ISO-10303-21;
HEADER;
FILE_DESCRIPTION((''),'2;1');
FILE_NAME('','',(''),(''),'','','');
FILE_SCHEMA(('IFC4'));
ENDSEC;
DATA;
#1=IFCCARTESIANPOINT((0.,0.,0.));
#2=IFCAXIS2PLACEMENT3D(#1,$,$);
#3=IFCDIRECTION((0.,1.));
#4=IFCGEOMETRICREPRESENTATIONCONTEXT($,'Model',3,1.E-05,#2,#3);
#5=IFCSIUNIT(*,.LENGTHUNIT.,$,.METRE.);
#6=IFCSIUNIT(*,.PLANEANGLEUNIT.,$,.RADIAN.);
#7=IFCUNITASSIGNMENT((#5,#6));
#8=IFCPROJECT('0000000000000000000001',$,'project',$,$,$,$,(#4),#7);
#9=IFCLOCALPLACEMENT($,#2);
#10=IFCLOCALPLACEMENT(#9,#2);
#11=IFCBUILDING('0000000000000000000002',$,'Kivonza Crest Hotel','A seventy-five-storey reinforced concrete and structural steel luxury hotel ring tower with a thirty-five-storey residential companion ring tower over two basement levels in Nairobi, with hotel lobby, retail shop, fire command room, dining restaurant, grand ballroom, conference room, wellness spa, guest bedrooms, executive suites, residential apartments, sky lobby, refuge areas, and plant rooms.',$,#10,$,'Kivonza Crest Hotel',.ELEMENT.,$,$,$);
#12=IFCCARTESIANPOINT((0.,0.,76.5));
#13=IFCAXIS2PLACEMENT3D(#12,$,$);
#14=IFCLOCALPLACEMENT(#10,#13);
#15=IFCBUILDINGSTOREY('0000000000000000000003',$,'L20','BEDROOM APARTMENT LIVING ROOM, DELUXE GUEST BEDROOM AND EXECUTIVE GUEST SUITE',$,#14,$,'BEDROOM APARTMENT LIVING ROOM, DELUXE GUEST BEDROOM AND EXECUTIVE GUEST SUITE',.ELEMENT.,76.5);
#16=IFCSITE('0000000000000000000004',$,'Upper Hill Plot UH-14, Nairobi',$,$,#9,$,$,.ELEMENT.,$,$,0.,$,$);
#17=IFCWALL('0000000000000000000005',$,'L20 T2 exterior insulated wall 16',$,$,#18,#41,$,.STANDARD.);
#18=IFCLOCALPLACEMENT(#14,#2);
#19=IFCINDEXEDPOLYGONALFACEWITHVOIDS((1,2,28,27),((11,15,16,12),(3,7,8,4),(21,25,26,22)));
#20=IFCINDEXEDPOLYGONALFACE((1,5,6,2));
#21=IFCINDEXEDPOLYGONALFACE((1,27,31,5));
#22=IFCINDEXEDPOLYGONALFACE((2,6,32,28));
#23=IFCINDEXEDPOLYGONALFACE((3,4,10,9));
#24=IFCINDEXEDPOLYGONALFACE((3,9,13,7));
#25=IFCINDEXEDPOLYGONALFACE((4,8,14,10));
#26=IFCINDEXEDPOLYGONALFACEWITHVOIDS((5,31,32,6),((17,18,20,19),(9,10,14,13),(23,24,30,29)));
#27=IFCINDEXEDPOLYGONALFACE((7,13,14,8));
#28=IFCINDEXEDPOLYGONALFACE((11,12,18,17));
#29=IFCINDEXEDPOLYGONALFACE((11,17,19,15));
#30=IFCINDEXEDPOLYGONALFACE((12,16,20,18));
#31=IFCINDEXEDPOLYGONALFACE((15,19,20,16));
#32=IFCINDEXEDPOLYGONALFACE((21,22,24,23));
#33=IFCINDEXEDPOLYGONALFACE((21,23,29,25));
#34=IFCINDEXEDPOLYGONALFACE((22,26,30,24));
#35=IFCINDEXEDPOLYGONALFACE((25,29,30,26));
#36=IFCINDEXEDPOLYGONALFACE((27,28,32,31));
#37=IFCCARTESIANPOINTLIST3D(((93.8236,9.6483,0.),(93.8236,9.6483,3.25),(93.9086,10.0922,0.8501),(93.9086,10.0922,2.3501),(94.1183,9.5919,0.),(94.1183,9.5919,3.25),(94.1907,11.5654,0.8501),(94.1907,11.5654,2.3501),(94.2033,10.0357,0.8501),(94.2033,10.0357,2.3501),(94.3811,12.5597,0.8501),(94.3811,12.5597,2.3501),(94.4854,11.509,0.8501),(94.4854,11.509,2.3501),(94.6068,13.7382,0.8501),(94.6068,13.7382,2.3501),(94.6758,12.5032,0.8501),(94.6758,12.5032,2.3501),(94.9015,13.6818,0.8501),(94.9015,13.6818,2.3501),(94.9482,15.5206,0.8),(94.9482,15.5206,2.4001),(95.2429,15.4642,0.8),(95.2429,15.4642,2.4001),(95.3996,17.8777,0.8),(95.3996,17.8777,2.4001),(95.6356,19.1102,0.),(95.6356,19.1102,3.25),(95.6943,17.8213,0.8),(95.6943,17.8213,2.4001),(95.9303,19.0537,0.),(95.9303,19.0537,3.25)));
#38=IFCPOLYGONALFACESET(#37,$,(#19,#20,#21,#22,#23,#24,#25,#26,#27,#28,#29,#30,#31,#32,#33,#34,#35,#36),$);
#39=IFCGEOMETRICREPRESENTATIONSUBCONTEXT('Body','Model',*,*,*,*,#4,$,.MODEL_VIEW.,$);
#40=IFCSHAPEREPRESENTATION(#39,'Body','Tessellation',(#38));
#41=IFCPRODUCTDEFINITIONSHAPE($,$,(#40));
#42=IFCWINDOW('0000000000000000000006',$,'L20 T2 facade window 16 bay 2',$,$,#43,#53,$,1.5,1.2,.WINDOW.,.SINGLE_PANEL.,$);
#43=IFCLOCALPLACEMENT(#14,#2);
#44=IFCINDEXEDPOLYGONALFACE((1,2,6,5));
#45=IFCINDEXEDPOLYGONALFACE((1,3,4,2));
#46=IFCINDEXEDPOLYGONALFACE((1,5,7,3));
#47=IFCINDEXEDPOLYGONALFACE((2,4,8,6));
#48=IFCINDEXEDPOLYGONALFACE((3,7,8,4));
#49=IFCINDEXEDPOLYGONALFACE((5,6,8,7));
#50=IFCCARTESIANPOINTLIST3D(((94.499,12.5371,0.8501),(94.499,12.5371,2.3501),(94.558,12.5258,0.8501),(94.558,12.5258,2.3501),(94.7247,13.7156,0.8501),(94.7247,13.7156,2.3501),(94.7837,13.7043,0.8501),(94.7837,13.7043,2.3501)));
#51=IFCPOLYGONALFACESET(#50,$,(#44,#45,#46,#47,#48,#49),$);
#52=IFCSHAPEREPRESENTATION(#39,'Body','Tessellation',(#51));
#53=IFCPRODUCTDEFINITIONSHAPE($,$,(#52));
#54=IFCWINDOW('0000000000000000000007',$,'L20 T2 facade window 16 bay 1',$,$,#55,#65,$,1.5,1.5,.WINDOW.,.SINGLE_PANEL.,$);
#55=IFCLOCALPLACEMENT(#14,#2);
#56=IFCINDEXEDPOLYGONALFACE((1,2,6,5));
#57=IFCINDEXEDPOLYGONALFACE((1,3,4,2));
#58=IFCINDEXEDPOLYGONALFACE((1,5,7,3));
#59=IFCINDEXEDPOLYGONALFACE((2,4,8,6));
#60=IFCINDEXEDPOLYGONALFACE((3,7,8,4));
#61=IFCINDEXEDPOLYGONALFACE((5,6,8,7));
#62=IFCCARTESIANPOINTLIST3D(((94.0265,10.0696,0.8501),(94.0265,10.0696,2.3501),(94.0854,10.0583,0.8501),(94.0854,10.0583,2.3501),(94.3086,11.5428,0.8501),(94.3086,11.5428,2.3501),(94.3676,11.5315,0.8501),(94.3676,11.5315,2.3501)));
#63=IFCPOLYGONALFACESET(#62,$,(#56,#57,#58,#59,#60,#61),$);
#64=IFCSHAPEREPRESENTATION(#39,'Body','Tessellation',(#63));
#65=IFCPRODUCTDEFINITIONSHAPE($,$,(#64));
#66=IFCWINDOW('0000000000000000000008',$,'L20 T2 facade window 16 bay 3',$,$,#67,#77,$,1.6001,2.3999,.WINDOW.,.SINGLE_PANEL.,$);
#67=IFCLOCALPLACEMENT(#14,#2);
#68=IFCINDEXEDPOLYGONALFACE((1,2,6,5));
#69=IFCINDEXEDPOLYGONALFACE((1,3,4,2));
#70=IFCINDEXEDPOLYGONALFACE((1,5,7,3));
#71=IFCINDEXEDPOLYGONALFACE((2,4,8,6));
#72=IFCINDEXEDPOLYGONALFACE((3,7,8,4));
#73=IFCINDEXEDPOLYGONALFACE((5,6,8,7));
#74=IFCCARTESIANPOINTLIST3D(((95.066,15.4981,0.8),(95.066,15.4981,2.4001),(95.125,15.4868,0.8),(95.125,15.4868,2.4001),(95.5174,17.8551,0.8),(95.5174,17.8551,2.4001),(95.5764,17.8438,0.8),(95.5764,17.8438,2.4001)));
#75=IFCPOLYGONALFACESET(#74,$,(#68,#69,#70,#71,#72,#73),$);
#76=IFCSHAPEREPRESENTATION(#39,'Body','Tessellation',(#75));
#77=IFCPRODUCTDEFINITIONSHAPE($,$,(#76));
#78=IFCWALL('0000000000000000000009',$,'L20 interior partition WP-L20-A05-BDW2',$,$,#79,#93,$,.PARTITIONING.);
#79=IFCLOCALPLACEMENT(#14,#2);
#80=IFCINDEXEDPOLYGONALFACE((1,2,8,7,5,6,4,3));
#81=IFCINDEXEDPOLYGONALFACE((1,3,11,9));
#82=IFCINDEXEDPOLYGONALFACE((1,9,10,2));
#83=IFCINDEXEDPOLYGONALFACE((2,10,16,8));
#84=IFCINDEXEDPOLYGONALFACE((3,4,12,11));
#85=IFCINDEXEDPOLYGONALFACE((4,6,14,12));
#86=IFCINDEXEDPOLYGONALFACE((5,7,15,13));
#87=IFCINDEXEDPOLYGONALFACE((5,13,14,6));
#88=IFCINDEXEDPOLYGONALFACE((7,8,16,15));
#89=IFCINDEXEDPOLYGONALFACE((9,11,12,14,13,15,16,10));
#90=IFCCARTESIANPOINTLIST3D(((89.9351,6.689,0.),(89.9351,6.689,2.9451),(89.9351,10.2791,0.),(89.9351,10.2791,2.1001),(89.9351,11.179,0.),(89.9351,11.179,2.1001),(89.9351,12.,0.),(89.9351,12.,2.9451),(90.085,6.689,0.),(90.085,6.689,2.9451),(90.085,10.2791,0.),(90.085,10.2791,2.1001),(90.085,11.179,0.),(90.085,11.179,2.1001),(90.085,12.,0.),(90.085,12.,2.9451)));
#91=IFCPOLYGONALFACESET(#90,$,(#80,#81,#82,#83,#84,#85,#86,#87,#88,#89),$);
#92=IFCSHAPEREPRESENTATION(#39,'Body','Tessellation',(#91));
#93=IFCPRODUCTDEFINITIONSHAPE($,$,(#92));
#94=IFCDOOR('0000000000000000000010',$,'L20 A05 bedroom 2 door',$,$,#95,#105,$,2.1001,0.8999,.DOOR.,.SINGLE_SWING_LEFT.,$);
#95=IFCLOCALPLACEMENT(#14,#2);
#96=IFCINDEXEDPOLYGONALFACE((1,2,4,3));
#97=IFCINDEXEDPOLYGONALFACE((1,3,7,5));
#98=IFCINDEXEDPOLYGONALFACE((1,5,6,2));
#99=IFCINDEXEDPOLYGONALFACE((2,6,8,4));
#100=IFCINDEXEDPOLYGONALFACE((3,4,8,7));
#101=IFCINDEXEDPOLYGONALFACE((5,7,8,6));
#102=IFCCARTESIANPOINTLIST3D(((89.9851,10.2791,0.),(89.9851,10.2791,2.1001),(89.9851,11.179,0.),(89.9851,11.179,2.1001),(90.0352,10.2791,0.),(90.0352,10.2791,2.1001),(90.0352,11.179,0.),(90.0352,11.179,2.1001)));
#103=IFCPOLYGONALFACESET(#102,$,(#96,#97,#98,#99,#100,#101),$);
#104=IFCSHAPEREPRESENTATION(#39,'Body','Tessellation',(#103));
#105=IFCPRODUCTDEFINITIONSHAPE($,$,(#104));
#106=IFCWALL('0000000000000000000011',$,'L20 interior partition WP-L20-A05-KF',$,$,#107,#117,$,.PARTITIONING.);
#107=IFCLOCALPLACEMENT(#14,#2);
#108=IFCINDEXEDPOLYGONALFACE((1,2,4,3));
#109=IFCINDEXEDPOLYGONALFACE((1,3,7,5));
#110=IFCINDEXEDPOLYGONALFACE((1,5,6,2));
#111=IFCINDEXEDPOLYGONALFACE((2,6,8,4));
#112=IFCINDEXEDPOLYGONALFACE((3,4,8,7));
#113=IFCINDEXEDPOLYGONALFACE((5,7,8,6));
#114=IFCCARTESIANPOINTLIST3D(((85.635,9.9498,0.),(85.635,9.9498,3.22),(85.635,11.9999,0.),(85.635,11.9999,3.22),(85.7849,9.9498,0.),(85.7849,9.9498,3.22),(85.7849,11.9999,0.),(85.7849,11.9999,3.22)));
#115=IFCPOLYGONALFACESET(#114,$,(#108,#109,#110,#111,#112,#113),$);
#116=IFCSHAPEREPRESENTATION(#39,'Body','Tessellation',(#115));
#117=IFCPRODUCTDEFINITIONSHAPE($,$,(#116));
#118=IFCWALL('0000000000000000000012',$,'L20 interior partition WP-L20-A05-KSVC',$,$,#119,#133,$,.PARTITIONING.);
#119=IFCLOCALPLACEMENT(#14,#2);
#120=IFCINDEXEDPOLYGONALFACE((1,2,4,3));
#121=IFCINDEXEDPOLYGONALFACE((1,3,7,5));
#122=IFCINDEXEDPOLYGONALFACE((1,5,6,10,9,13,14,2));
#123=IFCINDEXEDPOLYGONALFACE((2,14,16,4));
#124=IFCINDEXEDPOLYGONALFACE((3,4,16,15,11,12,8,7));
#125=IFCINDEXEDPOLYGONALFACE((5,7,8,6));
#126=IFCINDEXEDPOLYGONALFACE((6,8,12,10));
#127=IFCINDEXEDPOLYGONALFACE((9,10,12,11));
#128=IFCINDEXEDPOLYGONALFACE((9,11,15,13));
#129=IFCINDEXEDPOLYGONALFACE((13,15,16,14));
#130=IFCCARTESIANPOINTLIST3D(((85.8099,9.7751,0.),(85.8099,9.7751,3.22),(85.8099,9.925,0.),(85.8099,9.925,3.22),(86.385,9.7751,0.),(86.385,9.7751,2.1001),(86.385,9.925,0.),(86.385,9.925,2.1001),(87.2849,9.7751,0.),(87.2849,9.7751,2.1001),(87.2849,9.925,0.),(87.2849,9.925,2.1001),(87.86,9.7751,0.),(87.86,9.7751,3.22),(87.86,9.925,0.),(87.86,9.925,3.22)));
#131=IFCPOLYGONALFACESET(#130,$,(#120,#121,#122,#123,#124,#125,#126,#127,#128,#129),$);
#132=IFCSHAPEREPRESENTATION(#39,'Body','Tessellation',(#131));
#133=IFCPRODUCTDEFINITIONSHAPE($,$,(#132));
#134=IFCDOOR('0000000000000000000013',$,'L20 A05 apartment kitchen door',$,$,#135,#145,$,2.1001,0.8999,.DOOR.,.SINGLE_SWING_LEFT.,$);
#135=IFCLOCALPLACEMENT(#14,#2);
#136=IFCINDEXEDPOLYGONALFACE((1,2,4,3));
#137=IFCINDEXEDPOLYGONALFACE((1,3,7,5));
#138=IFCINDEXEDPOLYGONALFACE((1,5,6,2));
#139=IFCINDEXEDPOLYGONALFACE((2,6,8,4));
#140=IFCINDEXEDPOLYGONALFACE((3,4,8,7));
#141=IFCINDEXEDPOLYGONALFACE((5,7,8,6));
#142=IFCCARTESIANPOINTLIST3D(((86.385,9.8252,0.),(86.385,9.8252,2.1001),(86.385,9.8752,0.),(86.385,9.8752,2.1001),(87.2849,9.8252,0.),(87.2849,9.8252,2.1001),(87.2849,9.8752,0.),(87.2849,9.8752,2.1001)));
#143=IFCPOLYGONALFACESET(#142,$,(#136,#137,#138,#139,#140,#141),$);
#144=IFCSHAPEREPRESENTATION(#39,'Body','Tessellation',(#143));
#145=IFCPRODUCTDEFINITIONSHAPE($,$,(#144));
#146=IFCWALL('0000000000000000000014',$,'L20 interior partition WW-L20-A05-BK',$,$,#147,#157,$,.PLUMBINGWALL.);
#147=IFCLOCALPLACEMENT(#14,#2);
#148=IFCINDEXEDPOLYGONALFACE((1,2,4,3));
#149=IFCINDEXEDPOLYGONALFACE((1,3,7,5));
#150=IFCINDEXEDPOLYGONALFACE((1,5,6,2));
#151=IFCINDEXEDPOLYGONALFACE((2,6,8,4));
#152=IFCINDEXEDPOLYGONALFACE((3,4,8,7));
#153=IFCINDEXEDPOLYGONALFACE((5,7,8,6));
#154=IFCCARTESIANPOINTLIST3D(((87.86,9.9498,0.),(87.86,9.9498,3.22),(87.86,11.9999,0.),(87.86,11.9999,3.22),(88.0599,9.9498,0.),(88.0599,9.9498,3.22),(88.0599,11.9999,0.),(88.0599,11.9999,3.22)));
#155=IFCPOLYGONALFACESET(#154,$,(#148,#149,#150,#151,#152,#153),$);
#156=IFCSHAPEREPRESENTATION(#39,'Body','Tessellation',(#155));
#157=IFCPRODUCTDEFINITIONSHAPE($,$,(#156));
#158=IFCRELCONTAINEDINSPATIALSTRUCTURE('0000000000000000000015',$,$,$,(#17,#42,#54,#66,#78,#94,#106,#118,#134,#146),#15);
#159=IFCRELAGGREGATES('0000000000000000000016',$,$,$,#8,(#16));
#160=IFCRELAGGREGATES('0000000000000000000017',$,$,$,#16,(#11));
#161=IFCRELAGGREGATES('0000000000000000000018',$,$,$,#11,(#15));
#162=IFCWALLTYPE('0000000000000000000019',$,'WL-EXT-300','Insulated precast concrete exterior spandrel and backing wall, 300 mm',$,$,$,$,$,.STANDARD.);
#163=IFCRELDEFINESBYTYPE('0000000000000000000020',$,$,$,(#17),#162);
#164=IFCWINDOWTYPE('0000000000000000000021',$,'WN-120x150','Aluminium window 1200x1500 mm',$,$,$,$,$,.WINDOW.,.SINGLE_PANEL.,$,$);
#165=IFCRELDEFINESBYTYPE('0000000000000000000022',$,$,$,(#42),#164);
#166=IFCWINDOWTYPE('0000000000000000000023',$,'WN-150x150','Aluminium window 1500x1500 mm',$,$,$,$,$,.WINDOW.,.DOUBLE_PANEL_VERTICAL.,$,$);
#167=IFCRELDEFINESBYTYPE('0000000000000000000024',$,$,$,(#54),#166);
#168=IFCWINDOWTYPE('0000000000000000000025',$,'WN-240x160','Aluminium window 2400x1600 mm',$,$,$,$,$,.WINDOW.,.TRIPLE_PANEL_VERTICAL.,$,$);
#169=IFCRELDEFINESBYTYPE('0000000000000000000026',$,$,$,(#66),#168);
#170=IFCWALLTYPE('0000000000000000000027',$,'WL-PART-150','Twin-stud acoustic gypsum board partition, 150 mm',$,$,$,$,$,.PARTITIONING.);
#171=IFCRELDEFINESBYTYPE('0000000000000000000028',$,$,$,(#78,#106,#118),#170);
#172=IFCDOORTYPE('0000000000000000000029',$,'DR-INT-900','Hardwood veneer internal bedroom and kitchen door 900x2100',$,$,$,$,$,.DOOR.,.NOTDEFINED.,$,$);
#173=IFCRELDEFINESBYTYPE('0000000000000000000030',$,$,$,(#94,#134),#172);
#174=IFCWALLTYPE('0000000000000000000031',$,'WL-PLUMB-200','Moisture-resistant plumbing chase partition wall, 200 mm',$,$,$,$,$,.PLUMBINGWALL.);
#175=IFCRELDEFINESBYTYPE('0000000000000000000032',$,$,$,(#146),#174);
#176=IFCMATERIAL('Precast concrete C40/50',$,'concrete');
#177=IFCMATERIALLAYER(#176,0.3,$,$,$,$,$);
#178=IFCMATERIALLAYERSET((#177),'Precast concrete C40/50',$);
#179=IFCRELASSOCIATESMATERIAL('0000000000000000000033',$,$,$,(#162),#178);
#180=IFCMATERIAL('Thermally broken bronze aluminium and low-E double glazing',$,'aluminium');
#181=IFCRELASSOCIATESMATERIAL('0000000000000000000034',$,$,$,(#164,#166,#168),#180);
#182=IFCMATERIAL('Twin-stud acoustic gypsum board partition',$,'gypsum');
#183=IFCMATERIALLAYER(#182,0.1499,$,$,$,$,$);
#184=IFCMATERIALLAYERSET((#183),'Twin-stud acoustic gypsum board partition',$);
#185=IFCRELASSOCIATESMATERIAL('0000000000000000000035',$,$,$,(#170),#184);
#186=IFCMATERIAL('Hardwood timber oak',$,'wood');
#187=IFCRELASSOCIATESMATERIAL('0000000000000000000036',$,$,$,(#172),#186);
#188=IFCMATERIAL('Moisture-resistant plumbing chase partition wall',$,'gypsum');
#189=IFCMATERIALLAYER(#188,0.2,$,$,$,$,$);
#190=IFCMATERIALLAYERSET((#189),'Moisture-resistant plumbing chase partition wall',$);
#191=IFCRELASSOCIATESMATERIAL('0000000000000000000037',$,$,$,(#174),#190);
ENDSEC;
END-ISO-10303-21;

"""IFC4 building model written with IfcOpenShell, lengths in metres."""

from ifc_helpers import new_model, si_unit, direction, frame, frame_2d, origin, place, context, subcontext, project, spatial, rectangle, extrude, material, layer, layer_set, type_object, element, fill, save


model = new_model("IFC4")

# Units and contexts
model_context = context("Model", 3, precision=1e-05, world=origin(), true_north=direction((0.0, 1.0)))
body_context = subcontext(model_context, "Body", "Model", "MODEL_VIEW")
ifc_project = project(units=[si_unit("LENGTHUNIT", "METRE"), si_unit("PLANEANGLEUNIT", "RADIAN")], contexts=[model_context])

# Site, building, storey
site_placement = place(None, origin())
site = spatial("IfcSite", under=ifc_project, at=site_placement, Name="Upper Hill Plot UH-14, Nairobi", CompositionType="ELEMENT", RefElevation=0.0)
building_placement = place(site_placement, origin())
building = spatial("IfcBuilding", under=site, at=building_placement, Name="Kivonza Crest Hotel", Description="A seventy-five-storey reinforced concrete and structural steel luxury hotel ring tower with a thirty-five-storey residential companion ring tower over two basement levels in Nairobi, with hotel lobby, retail shop, fire command room, dining restaurant, grand ballroom, conference room, wellness spa, guest bedrooms, executive suites, residential apartments, sky lobby, refuge areas, and plant rooms.", LongName="Kivonza Crest Hotel", CompositionType="ELEMENT")
storey_placement = place(building_placement, frame((0.0, 0.0, 76.5)))
storey = spatial("IfcBuildingStorey", under=building, at=storey_placement, Name="L20", Description="BEDROOM APARTMENT LIVING ROOM, DELUXE GUEST BEDROOM AND EXECUTIVE GUEST SUITE", LongName="BEDROOM APARTMENT LIVING ROOM, DELUXE GUEST BEDROOM AND EXECUTIVE GUEST SUITE", CompositionType="ELEMENT", Elevation=76.5)

# Shared definitions
ifc_material_1 = material(Name="Precast concrete C40/50", Category="concrete")
ifc_layer_1 = layer(ifc_material_1, 0.3)
ifc_layer_set_1 = layer_set([ifc_layer_1], Name="Precast concrete C40/50")
wall_type_1 = type_object("IfcWallType", Name="WL-EXT-300", Description="Insulated precast concrete exterior spandrel and backing wall, 300 mm", PredefinedType="STANDARD", material=ifc_layer_set_1)

# Wall, openings, windows
wall_1_placement = place(storey_placement, frame((93.9709, 9.6201, 0.0), z_axis=(0.0, 0.0, 1.0), x_axis=(0.188088, 0.982152, 0.0)))
wall_1 = element("IfcWall", 1, at=wall_1_placement, inside=storey, type_object=wall_type_1, Name="L20 T2 exterior insulated wall 16", PredefinedType="STANDARD", context=body_context, shape_type="SweptSolid", body=[
    extrude(rectangle(XDim=9.6338, YDim=0.3, at=frame_2d((4.8169, 0.0))), origin(), (0.0, 0.0, 1.0), 3.25),
])
opening_1_placement = place(wall_1_placement, frame((0.4519, 0.0, 0.8501)))
opening_1 = element("IfcOpeningElement", 2, at=opening_1_placement, cuts=wall_1, PredefinedType="OPENING", context=body_context, shape_type="SweptSolid", body=[
    extrude(rectangle(XDim=1.5, YDim=1.5, at=frame_2d((0.75, 0.75))), frame((0.0, 0.1602, 0.0), z_axis=(0.0, -1.0, 0.0), x_axis=(1.0, 0.0, 0.0)), (0.0, 0.0, 1.0), 0.3201),
])
opening_2_placement = place(wall_1_placement, frame((2.9641, 0.0, 0.8501)))
opening_2 = element("IfcOpeningElement", 3, at=opening_2_placement, cuts=wall_1, PredefinedType="OPENING", context=body_context, shape_type="SweptSolid", body=[
    extrude(rectangle(XDim=1.2, YDim=1.5, at=frame_2d((0.6001, 0.75))), frame((0.0, 0.1602, 0.0), z_axis=(0.0, -1.0, 0.0), x_axis=(1.0, 0.0, 0.0)), (0.0, 0.0, 1.0), 0.3201),
])
opening_3_placement = place(wall_1_placement, frame((5.979, 0.0, 0.8)))
opening_3 = element("IfcOpeningElement", 4, at=opening_3_placement, cuts=wall_1, PredefinedType="OPENING", context=body_context, shape_type="SweptSolid", body=[
    extrude(rectangle(XDim=2.3999, YDim=1.6001, at=frame_2d((1.2, 0.8))), frame((0.0, 0.1602, 0.0), z_axis=(0.0, -1.0, 0.0), x_axis=(1.0, 0.0, 0.0)), (0.0, 0.0, 1.0), 0.3201),
])
ifc_material_2 = material(Name="Thermally broken bronze aluminium and low-E double glazing", Category="aluminium")
window_type_1 = type_object("IfcWindowType", Name="WN-120x150", Description="Aluminium window 1200x1500 mm", PartitioningType="SINGLE_PANEL", PredefinedType="WINDOW", material=ifc_material_2)
window_1_placement = place(opening_2_placement, origin())
window_1 = element("IfcWindow", 5, at=window_1_placement, inside=storey, type_object=window_type_1, Name="L20 T2 facade window 16 bay 2", OverallHeight=1.5, OverallWidth=1.2, PartitioningType="SINGLE_PANEL", PredefinedType="WINDOW", context=body_context, shape_type="SweptSolid", body=[
    extrude(rectangle(XDim=1.2, YDim=1.5, at=frame_2d((0.6001, 0.75))), frame((0.0, 0.03, 0.0), z_axis=(0.0, -1.0, 0.0), x_axis=(1.0, 0.0, 0.0)), (0.0, 0.0, 1.0), 0.0601),
])
fill(opening_2, window_1)
window_type_2 = type_object("IfcWindowType", Name="WN-150x150", Description="Aluminium window 1500x1500 mm", PartitioningType="DOUBLE_PANEL_VERTICAL", PredefinedType="WINDOW", material=ifc_material_2)
window_2_placement = place(opening_1_placement, origin())
window_2 = element("IfcWindow", 6, at=window_2_placement, inside=storey, type_object=window_type_2, Name="L20 T2 facade window 16 bay 1", OverallHeight=1.5, OverallWidth=1.5, PartitioningType="SINGLE_PANEL", PredefinedType="WINDOW", context=body_context, shape_type="SweptSolid", body=[
    extrude(rectangle(XDim=1.5, YDim=1.5, at=frame_2d((0.75, 0.75))), frame((0.0, 0.03, 0.0), z_axis=(0.0, -1.0, 0.0), x_axis=(1.0, 0.0, 0.0)), (0.0, 0.0, 1.0), 0.0601),
])
fill(opening_1, window_2)
window_type_3 = type_object("IfcWindowType", Name="WN-240x160", Description="Aluminium window 2400x1600 mm", PartitioningType="TRIPLE_PANEL_VERTICAL", PredefinedType="WINDOW", material=ifc_material_2)
window_3_placement = place(opening_3_placement, origin())
window_3 = element("IfcWindow", 7, at=window_3_placement, inside=storey, type_object=window_type_3, Name="L20 T2 facade window 16 bay 3", OverallHeight=1.6001, OverallWidth=2.3999, PartitioningType="SINGLE_PANEL", PredefinedType="WINDOW", context=body_context, shape_type="SweptSolid", body=[
    extrude(rectangle(XDim=2.3999, YDim=1.6001, at=frame_2d((1.2, 0.8))), frame((0.0, 0.03, 0.0), z_axis=(0.0, -1.0, 0.0), x_axis=(1.0, 0.0, 0.0)), (0.0, 0.0, 1.0), 0.0601),
])
fill(opening_3, window_3)

# Wall, opening, door
ifc_material_3 = material(Name="Twin-stud acoustic gypsum board partition", Category="gypsum")
ifc_layer_2 = layer(ifc_material_3, 0.1499)
ifc_layer_set_2 = layer_set([ifc_layer_2], Name="Twin-stud acoustic gypsum board partition")
wall_type_2 = type_object("IfcWallType", Name="WL-PART-150", Description="Twin-stud acoustic gypsum board partition, 150 mm", PredefinedType="PARTITIONING", material=ifc_layer_set_2)
wall_2_placement = place(storey_placement, frame((90.01, 6.689, 0.0), z_axis=(0.0, 0.0, 1.0), x_axis=(0.0, 1.0, 0.0)))
wall_2 = element("IfcWall", 8, at=wall_2_placement, inside=storey, type_object=wall_type_2, Name="L20 interior partition WP-L20-A05-BDW2", PredefinedType="PARTITIONING", context=body_context, shape_type="SweptSolid", body=[
    extrude(rectangle(XDim=5.311, YDim=0.1499, at=frame_2d((2.6555, 0.0))), origin(), (0.0, 0.0, 1.0), 2.9451),
])
opening_4_placement = place(wall_2_placement, frame((3.5901, 0.0, 0.0)))
opening_4 = element("IfcOpeningElement", 9, at=opening_4_placement, cuts=wall_2, PredefinedType="OPENING", context=body_context, shape_type="SweptSolid", body=[
    extrude(rectangle(XDim=0.8999, YDim=2.1001, at=frame_2d((0.45, 1.05))), frame((0.0, 0.085, 0.0), z_axis=(0.0, -1.0, 0.0), x_axis=(1.0, 0.0, 0.0)), (0.0, 0.0, 1.0), 0.1699),
])
ifc_material_4 = material(Name="Hardwood timber oak", Category="wood")
door_type_1 = type_object("IfcDoorType", Name="DR-INT-900", Description="Hardwood veneer internal bedroom and kitchen door 900x2100", OperationType="NOTDEFINED", PredefinedType="DOOR", material=ifc_material_4)
door_1_placement = place(opening_4_placement, origin())
door_1 = element("IfcDoor", 10, at=door_1_placement, inside=storey, type_object=door_type_1, Name="L20 A05 bedroom 2 door", OperationType="SINGLE_SWING_LEFT", OverallHeight=2.1001, OverallWidth=0.8999, PredefinedType="DOOR", context=body_context, shape_type="SweptSolid", body=[
    extrude(rectangle(XDim=0.8999, YDim=2.1001, at=frame_2d((0.45, 1.05))), frame((0.0, 0.0249, 0.0), z_axis=(0.0, -1.0, 0.0), x_axis=(1.0, 0.0, 0.0)), (0.0, 0.0, 1.0), 0.05),
])
fill(opening_4, door_1)

# Wall
wall_3_placement = place(storey_placement, frame((85.71, 9.95, 0.0), z_axis=(0.0, 0.0, 1.0), x_axis=(0.0, 1.0, 0.0)))
element("IfcWall", 11, at=wall_3_placement, inside=storey, type_object=wall_type_2, Name="L20 interior partition WP-L20-A05-KF", PredefinedType="PARTITIONING", context=body_context, shape_type="SweptSolid", body=[
    extrude(rectangle(XDim=2.05, YDim=0.1499, at=frame_2d((1.0249, 0.0))), origin(), (0.0, 0.0, 1.0), 3.22),
])

# Wall, opening, door
wall_4_placement = place(storey_placement, frame((85.8101, 9.8501, 0.0), z_axis=(0.0, 0.0, 1.0), x_axis=(1.0, 0.0, 0.0)))
wall_4 = element("IfcWall", 12, at=wall_4_placement, inside=storey, type_object=wall_type_2, Name="L20 interior partition WP-L20-A05-KSVC", PredefinedType="PARTITIONING", context=body_context, shape_type="SweptSolid", body=[
    extrude(rectangle(XDim=2.05, YDim=0.1499, at=frame_2d((1.0249, 0.0))), origin(), (0.0, 0.0, 1.0), 3.22),
])
opening_5_placement = place(wall_4_placement, frame((0.575, 0.0, 0.0)))
opening_5 = element("IfcOpeningElement", 13, at=opening_5_placement, cuts=wall_4, PredefinedType="OPENING", context=body_context, shape_type="SweptSolid", body=[
    extrude(rectangle(XDim=0.8999, YDim=2.1001, at=frame_2d((0.45, 1.05))), frame((0.0, 0.085, 0.0), z_axis=(0.0, -1.0, 0.0), x_axis=(1.0, 0.0, 0.0)), (0.0, 0.0, 1.0), 0.1699),
])
door_2_placement = place(opening_5_placement, frame((0.8999, 0.0, 0.0), z_axis=(0.0, 0.0, 1.0), x_axis=(-1.0, 0.0, 0.0)))
door_2 = element("IfcDoor", 14, at=door_2_placement, inside=storey, type_object=door_type_1, Name="L20 A05 apartment kitchen door", OperationType="SINGLE_SWING_LEFT", OverallHeight=2.1001, OverallWidth=0.8999, PredefinedType="DOOR", context=body_context, shape_type="SweptSolid", body=[
    extrude(rectangle(XDim=0.8999, YDim=2.1001, at=frame_2d((0.45, 1.05))), frame((0.0, 0.0249, 0.0), z_axis=(0.0, -1.0, 0.0), x_axis=(1.0, 0.0, 0.0)), (0.0, 0.0, 1.0), 0.05),
])
fill(opening_5, door_2)

# Wall
ifc_material_5 = material(Name="Moisture-resistant plumbing chase partition wall", Category="gypsum")
ifc_layer_3 = layer(ifc_material_5, 0.2)
ifc_layer_set_3 = layer_set([ifc_layer_3], Name="Moisture-resistant plumbing chase partition wall")
wall_type_3 = type_object("IfcWallType", Name="WL-PLUMB-200", Description="Moisture-resistant plumbing chase partition wall, 200 mm", PredefinedType="PLUMBINGWALL", material=ifc_layer_set_3)
wall_5_placement = place(storey_placement, frame((87.96, 9.95, 0.0), z_axis=(0.0, 0.0, 1.0), x_axis=(0.0, 1.0, 0.0)))
element("IfcWall", 15, at=wall_5_placement, inside=storey, type_object=wall_type_3, Name="L20 interior partition WW-L20-A05-BK", PredefinedType="PLUMBINGWALL", context=body_context, shape_type="SweptSolid", body=[
    extrude(rectangle(XDim=2.05, YDim=0.2, at=frame_2d((1.0249, 0.0))), origin(), (0.0, 0.0, 1.0), 3.22),
])

save(model, "model.ifc")
